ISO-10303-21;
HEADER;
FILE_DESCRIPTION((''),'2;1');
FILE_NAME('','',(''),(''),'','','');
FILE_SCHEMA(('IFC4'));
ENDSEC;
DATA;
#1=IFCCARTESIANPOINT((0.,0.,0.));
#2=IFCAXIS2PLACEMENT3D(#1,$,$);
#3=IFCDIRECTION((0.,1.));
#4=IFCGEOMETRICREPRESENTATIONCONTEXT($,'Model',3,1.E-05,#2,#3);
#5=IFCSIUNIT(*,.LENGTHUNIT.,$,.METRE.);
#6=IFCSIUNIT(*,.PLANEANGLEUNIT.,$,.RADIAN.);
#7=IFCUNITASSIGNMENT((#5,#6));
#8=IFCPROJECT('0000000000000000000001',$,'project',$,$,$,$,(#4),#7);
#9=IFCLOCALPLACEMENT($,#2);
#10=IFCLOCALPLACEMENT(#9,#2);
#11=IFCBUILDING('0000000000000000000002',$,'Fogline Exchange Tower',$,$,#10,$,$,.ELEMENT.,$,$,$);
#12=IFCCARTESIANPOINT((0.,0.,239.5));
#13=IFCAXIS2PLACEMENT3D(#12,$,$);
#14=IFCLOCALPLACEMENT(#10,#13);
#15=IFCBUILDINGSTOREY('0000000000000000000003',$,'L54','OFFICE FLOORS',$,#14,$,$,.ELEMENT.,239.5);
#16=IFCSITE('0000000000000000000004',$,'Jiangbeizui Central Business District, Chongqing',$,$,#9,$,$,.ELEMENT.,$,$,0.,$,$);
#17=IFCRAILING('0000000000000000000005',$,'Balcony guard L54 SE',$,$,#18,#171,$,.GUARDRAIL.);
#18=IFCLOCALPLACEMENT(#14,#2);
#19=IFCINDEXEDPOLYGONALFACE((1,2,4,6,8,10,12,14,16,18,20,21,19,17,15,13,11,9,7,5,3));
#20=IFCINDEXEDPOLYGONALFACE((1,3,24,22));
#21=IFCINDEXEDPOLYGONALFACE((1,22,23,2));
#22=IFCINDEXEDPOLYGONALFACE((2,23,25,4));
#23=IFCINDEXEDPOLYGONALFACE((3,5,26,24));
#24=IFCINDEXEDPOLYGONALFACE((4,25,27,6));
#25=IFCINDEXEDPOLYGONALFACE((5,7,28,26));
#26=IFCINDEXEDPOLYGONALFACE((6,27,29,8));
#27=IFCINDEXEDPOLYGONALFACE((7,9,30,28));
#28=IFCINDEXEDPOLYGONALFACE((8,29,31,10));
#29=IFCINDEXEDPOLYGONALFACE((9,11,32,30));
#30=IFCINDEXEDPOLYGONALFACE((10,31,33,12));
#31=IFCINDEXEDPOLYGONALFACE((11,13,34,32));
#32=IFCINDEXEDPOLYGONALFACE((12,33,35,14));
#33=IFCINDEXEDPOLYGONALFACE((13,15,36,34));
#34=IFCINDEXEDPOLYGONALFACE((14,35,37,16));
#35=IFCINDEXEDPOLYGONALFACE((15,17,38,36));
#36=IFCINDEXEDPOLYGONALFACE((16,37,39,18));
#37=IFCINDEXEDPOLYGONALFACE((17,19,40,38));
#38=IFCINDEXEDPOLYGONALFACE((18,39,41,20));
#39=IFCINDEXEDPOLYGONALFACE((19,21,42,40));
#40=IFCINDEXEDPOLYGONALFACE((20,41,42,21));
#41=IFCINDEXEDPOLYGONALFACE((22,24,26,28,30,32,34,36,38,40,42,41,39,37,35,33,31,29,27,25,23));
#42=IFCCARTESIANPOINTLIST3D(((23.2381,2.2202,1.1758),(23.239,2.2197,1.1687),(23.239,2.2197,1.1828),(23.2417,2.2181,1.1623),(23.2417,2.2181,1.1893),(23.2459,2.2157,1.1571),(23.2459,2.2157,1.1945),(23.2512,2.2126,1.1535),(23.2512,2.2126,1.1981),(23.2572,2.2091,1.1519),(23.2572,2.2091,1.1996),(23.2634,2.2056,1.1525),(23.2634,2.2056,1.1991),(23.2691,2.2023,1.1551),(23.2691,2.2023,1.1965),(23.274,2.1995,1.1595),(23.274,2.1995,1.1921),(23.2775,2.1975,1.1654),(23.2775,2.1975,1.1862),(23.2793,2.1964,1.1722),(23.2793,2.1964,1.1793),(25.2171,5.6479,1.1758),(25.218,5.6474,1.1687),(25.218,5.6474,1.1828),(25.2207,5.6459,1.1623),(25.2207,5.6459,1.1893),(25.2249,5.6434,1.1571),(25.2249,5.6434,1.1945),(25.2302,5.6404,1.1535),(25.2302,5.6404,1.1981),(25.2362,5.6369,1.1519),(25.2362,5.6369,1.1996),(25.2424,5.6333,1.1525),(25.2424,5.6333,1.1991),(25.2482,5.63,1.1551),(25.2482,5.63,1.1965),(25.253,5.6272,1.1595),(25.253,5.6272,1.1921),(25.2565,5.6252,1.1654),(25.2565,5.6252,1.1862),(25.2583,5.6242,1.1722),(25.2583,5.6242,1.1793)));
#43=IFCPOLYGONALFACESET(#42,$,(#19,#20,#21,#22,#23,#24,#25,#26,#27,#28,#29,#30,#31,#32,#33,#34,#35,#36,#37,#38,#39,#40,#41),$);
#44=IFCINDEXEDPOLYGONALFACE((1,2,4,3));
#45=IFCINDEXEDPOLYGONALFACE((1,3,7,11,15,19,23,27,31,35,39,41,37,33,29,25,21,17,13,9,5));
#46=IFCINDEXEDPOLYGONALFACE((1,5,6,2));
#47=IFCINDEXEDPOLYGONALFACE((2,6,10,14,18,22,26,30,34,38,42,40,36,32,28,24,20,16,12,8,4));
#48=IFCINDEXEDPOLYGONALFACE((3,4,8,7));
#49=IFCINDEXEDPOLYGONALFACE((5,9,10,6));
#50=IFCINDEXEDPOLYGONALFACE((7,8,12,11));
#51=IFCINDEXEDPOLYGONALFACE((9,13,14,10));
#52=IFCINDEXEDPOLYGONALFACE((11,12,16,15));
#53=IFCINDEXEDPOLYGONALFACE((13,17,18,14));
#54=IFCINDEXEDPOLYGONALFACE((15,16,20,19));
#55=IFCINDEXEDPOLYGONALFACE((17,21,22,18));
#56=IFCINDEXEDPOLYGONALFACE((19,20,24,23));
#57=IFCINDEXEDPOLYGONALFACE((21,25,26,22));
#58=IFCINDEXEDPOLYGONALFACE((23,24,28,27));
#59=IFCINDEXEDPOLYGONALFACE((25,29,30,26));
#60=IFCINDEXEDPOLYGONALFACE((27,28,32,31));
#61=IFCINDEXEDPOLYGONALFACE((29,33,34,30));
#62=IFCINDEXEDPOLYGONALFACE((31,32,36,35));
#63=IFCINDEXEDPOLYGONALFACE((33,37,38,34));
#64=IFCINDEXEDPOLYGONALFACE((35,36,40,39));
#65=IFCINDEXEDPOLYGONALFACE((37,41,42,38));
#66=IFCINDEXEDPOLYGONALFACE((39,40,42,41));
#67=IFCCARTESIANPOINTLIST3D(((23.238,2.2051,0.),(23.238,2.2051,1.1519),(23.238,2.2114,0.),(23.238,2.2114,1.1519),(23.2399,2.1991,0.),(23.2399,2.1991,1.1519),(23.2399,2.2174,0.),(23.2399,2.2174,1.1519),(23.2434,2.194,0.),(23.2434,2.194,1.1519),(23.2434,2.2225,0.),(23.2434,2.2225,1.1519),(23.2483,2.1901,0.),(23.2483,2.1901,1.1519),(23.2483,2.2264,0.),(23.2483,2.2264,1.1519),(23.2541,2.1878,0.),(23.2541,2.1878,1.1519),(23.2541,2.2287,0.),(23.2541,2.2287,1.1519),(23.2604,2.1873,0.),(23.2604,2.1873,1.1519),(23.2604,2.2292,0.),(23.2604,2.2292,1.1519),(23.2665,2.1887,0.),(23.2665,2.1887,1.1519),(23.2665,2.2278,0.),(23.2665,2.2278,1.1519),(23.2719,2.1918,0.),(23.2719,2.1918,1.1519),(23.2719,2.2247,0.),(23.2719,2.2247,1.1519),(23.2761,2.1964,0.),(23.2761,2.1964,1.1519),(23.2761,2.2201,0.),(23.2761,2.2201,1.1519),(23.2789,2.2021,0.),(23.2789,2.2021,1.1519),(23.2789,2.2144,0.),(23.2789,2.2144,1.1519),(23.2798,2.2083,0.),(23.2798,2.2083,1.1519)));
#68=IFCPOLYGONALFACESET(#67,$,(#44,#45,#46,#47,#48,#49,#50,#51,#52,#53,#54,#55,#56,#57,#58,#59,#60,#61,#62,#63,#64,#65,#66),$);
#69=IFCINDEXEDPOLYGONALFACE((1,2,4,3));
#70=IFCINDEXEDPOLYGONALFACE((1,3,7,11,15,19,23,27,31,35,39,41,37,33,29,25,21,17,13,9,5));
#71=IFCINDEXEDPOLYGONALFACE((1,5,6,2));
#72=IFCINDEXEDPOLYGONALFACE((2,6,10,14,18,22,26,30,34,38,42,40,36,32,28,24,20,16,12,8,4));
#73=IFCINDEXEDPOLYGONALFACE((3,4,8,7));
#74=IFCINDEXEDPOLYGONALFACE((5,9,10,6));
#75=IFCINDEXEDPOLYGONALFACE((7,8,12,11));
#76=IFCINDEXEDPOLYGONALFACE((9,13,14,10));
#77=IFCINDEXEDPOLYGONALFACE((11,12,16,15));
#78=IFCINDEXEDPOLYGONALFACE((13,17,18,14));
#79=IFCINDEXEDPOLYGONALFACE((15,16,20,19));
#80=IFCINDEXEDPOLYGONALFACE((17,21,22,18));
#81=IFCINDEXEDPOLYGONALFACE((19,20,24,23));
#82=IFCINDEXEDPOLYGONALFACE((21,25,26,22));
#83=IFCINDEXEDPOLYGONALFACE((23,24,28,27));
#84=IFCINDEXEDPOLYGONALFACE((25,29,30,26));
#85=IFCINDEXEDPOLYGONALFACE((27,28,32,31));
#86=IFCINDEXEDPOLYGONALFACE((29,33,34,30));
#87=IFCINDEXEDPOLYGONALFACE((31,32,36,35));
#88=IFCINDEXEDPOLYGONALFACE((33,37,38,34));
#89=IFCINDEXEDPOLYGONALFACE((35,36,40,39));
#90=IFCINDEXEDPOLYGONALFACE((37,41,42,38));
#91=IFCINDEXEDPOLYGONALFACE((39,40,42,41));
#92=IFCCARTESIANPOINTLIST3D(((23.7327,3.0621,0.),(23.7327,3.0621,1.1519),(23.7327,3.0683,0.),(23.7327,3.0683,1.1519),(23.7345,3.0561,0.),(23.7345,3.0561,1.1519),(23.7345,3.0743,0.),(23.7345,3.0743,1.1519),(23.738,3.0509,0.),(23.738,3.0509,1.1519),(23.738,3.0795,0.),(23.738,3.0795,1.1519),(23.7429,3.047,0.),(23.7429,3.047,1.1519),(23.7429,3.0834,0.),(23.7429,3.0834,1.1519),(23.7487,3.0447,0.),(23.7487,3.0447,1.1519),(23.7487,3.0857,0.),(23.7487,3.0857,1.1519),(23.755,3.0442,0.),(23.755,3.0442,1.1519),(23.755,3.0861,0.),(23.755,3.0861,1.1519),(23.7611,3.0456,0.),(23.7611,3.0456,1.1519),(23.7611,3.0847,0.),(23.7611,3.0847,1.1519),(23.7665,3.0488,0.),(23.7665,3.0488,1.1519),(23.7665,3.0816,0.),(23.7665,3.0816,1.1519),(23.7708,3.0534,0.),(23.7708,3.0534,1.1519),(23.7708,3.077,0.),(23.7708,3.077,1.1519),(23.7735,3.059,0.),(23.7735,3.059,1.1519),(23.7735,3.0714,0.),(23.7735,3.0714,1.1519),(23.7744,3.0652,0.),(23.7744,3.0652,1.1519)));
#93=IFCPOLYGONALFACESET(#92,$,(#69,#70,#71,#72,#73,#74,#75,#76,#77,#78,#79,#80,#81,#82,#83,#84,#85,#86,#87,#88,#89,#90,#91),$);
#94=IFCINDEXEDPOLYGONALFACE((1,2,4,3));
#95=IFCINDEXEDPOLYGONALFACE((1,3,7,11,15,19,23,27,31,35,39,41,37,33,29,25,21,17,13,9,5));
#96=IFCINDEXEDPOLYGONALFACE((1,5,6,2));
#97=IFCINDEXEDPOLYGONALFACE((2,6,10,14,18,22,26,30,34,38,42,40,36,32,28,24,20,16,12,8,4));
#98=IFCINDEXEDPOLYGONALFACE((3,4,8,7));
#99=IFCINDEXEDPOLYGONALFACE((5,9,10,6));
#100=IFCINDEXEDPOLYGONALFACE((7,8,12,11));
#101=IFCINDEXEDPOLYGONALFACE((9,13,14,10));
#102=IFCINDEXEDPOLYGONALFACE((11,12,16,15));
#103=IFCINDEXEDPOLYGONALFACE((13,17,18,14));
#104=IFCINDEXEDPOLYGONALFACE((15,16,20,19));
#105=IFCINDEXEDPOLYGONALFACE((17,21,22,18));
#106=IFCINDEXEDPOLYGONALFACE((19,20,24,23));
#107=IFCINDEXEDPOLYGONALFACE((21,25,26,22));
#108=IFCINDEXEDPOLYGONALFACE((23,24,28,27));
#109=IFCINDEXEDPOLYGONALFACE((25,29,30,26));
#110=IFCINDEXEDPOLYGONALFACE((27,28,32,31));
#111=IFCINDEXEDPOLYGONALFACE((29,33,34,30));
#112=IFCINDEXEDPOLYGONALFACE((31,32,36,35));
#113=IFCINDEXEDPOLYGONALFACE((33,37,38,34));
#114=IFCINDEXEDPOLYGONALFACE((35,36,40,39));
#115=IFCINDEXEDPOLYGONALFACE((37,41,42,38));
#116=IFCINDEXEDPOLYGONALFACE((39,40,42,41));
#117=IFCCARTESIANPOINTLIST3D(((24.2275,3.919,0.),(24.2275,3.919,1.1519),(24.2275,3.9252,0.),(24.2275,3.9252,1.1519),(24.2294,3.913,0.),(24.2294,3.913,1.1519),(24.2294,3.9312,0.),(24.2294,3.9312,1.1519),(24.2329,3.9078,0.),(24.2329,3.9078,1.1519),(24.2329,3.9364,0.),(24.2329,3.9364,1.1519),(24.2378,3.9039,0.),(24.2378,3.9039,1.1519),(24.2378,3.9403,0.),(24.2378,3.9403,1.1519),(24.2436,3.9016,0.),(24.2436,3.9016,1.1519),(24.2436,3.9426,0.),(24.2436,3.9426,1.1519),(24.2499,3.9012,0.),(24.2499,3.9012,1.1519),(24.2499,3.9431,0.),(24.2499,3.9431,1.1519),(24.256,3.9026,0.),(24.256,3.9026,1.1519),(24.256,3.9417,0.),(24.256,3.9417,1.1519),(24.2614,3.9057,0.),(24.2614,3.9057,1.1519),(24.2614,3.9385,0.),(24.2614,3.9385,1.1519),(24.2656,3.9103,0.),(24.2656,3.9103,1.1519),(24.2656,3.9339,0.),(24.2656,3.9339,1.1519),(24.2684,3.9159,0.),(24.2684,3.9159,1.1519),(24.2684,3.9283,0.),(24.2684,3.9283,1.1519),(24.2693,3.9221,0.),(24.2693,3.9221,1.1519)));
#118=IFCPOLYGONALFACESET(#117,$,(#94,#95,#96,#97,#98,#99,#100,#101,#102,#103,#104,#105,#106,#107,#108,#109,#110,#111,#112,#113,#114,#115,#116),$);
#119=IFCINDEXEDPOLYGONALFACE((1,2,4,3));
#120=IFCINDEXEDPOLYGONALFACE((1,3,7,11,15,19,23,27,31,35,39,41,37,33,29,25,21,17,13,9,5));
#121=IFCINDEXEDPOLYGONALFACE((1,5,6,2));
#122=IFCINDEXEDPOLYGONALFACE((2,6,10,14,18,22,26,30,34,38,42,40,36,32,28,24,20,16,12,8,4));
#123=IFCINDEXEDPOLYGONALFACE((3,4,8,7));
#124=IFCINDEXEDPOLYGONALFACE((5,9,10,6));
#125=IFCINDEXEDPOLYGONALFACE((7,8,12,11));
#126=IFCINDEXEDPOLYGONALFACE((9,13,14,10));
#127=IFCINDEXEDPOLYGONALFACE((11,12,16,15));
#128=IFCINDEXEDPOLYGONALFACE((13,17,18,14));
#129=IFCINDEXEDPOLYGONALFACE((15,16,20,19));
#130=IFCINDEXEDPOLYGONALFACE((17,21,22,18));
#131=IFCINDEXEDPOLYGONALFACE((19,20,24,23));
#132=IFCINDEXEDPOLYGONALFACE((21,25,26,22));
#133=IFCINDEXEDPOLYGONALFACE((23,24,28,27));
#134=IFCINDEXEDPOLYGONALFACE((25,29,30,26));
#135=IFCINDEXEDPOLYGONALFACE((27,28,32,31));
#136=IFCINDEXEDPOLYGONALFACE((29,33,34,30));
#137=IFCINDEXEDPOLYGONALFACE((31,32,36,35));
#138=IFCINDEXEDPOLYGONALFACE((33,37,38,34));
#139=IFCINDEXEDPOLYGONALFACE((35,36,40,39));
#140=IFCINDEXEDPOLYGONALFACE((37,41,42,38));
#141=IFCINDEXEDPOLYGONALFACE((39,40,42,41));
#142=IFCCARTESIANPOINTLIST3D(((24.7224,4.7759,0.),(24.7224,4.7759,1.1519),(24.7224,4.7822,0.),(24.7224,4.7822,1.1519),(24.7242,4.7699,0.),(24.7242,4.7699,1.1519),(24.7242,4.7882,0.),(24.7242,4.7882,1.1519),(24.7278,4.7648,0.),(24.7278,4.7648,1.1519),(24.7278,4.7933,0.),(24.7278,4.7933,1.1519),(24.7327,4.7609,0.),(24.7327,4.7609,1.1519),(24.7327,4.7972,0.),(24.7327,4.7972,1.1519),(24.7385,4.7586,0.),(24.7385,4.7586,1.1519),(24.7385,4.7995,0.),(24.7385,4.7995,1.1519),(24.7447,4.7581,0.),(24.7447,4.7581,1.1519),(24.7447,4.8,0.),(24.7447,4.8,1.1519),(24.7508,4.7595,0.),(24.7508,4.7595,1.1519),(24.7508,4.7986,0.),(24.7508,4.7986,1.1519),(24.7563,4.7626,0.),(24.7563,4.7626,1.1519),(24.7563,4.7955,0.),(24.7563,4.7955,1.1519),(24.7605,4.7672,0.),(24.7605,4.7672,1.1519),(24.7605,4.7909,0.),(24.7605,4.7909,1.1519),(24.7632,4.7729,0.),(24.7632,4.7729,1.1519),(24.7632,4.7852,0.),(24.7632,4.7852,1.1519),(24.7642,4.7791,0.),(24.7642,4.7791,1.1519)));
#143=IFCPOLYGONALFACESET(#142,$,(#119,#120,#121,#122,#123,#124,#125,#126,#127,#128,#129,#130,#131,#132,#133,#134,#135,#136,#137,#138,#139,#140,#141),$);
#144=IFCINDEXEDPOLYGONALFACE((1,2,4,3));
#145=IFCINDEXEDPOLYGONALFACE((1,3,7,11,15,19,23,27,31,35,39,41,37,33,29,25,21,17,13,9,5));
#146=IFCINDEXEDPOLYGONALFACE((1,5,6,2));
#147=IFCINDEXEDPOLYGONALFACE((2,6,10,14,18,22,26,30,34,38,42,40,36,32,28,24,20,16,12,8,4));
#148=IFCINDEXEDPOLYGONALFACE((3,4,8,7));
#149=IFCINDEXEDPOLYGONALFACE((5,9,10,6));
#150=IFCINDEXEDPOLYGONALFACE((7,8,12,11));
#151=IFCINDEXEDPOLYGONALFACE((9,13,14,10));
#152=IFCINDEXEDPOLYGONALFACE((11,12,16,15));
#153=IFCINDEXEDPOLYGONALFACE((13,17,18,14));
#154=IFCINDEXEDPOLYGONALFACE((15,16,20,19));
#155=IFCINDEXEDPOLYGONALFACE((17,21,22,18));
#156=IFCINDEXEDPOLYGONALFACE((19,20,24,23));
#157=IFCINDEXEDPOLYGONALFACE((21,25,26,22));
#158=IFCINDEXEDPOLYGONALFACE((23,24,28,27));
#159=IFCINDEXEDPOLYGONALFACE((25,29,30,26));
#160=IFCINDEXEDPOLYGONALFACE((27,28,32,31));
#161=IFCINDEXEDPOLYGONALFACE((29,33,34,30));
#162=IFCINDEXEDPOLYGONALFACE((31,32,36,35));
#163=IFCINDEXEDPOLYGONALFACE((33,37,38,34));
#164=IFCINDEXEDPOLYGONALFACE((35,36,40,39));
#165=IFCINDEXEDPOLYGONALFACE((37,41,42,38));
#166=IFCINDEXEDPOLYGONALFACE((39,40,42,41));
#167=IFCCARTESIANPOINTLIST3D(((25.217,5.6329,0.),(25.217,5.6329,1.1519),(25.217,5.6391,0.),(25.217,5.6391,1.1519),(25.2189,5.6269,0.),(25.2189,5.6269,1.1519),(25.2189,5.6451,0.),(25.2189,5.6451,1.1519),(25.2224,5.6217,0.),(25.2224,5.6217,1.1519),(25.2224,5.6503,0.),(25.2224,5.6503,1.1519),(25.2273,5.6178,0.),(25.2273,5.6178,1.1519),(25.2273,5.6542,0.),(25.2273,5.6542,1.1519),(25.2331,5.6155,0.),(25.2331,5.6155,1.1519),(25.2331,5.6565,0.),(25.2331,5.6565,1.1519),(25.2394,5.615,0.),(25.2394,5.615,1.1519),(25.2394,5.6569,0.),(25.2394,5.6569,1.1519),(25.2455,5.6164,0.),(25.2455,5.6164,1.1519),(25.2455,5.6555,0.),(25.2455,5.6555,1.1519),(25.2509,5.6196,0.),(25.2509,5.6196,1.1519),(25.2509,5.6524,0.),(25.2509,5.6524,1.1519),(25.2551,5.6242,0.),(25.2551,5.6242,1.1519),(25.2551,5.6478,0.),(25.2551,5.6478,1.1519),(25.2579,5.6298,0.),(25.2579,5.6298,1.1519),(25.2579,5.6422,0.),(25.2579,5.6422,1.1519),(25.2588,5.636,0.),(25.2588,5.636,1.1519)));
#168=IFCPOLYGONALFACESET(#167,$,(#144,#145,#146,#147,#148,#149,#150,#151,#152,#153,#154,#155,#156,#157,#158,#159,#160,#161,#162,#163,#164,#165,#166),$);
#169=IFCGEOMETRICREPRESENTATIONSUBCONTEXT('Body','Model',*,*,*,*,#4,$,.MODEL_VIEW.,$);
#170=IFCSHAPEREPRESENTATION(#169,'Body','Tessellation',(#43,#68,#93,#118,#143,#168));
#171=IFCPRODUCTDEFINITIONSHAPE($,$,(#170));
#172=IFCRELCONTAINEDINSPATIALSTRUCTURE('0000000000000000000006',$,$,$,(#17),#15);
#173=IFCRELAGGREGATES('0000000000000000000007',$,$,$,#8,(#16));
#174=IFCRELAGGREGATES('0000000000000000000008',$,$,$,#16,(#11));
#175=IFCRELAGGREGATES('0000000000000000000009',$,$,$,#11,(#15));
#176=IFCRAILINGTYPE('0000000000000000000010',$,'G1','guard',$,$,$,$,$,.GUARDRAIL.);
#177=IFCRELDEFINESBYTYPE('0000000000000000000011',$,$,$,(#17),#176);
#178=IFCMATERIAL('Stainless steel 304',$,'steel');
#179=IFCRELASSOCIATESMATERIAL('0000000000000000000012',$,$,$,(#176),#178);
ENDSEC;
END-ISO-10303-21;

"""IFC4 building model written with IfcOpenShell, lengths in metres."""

from ifc_helpers import new_model, si_unit, direction, frame, origin, origin_2d, place, context, subcontext, project, spatial, circle, extrude, material, type_object, element, save


model = new_model("IFC4")

# Units and contexts
model_context = context("Model", 3, precision=1e-05, world=origin(), true_north=direction((0.0, 1.0)))
body_context = subcontext(model_context, "Body", "Model", "MODEL_VIEW")
ifc_project = project(units=[si_unit("LENGTHUNIT", "METRE"), si_unit("PLANEANGLEUNIT", "RADIAN")], contexts=[model_context])

# Site, building, storey
site_placement = place(None, origin())
site = spatial("IfcSite", under=ifc_project, at=site_placement, Name="Jiangbeizui Central Business District, Chongqing", CompositionType="ELEMENT", RefElevation=0.0)
building_placement = place(site_placement, origin())
building = spatial("IfcBuilding", under=site, at=building_placement, Name="Fogline Exchange Tower", CompositionType="ELEMENT")
storey_placement = place(building_placement, frame((0.0, 0.0, 239.5)))
storey = spatial("IfcBuildingStorey", under=building, at=storey_placement, Name="L54", Description="OFFICE FLOORS", CompositionType="ELEMENT", Elevation=239.5)

# Railing
ifc_material_1 = material(Name="Stainless steel 304", Category="steel")
railing_type = type_object("IfcRailingType", Name="G1", Description="guard", PredefinedType="GUARDRAIL", material=ifc_material_1)
railing_placement = place(storey_placement, frame((23.2588, 2.2083, 0.0)))
element("IfcRailing", 1, at=railing_placement, inside=storey, type_object=railing_type, Name="Balcony guard L54 SE", PredefinedType="GUARDRAIL", context=body_context, shape_type="SweptSolid", body=[
    extrude(circle(Radius=0.0239, at=origin_2d()), frame((0.0, 0.0, 1.1758), z_axis=(0.5, 0.866025, 0.0), x_axis=(-0.866025, 0.5, 0.0)), (0.0, 0.0, 1.0), 3.958),
    extrude(circle(Radius=0.021, at=origin_2d()), origin(), (0.0, 0.0, 1.0), 1.1519),
    extrude(circle(Radius=0.021, at=origin_2d()), frame((0.4946, 0.8569, 0.0)), (0.0, 0.0, 1.0), 1.1519),
    extrude(circle(Radius=0.021, at=origin_2d()), frame((0.9895, 1.7139, 0.0)), (0.0, 0.0, 1.0), 1.1519),
    extrude(circle(Radius=0.021, at=origin_2d()), frame((1.4844, 2.5708, 0.0)), (0.0, 0.0, 1.0), 1.1519),
    extrude(circle(Radius=0.021, at=origin_2d()), frame((1.979, 3.4277, 0.0)), (0.0, 0.0, 1.0), 1.1519),
])

save(model, "model.ifc")
